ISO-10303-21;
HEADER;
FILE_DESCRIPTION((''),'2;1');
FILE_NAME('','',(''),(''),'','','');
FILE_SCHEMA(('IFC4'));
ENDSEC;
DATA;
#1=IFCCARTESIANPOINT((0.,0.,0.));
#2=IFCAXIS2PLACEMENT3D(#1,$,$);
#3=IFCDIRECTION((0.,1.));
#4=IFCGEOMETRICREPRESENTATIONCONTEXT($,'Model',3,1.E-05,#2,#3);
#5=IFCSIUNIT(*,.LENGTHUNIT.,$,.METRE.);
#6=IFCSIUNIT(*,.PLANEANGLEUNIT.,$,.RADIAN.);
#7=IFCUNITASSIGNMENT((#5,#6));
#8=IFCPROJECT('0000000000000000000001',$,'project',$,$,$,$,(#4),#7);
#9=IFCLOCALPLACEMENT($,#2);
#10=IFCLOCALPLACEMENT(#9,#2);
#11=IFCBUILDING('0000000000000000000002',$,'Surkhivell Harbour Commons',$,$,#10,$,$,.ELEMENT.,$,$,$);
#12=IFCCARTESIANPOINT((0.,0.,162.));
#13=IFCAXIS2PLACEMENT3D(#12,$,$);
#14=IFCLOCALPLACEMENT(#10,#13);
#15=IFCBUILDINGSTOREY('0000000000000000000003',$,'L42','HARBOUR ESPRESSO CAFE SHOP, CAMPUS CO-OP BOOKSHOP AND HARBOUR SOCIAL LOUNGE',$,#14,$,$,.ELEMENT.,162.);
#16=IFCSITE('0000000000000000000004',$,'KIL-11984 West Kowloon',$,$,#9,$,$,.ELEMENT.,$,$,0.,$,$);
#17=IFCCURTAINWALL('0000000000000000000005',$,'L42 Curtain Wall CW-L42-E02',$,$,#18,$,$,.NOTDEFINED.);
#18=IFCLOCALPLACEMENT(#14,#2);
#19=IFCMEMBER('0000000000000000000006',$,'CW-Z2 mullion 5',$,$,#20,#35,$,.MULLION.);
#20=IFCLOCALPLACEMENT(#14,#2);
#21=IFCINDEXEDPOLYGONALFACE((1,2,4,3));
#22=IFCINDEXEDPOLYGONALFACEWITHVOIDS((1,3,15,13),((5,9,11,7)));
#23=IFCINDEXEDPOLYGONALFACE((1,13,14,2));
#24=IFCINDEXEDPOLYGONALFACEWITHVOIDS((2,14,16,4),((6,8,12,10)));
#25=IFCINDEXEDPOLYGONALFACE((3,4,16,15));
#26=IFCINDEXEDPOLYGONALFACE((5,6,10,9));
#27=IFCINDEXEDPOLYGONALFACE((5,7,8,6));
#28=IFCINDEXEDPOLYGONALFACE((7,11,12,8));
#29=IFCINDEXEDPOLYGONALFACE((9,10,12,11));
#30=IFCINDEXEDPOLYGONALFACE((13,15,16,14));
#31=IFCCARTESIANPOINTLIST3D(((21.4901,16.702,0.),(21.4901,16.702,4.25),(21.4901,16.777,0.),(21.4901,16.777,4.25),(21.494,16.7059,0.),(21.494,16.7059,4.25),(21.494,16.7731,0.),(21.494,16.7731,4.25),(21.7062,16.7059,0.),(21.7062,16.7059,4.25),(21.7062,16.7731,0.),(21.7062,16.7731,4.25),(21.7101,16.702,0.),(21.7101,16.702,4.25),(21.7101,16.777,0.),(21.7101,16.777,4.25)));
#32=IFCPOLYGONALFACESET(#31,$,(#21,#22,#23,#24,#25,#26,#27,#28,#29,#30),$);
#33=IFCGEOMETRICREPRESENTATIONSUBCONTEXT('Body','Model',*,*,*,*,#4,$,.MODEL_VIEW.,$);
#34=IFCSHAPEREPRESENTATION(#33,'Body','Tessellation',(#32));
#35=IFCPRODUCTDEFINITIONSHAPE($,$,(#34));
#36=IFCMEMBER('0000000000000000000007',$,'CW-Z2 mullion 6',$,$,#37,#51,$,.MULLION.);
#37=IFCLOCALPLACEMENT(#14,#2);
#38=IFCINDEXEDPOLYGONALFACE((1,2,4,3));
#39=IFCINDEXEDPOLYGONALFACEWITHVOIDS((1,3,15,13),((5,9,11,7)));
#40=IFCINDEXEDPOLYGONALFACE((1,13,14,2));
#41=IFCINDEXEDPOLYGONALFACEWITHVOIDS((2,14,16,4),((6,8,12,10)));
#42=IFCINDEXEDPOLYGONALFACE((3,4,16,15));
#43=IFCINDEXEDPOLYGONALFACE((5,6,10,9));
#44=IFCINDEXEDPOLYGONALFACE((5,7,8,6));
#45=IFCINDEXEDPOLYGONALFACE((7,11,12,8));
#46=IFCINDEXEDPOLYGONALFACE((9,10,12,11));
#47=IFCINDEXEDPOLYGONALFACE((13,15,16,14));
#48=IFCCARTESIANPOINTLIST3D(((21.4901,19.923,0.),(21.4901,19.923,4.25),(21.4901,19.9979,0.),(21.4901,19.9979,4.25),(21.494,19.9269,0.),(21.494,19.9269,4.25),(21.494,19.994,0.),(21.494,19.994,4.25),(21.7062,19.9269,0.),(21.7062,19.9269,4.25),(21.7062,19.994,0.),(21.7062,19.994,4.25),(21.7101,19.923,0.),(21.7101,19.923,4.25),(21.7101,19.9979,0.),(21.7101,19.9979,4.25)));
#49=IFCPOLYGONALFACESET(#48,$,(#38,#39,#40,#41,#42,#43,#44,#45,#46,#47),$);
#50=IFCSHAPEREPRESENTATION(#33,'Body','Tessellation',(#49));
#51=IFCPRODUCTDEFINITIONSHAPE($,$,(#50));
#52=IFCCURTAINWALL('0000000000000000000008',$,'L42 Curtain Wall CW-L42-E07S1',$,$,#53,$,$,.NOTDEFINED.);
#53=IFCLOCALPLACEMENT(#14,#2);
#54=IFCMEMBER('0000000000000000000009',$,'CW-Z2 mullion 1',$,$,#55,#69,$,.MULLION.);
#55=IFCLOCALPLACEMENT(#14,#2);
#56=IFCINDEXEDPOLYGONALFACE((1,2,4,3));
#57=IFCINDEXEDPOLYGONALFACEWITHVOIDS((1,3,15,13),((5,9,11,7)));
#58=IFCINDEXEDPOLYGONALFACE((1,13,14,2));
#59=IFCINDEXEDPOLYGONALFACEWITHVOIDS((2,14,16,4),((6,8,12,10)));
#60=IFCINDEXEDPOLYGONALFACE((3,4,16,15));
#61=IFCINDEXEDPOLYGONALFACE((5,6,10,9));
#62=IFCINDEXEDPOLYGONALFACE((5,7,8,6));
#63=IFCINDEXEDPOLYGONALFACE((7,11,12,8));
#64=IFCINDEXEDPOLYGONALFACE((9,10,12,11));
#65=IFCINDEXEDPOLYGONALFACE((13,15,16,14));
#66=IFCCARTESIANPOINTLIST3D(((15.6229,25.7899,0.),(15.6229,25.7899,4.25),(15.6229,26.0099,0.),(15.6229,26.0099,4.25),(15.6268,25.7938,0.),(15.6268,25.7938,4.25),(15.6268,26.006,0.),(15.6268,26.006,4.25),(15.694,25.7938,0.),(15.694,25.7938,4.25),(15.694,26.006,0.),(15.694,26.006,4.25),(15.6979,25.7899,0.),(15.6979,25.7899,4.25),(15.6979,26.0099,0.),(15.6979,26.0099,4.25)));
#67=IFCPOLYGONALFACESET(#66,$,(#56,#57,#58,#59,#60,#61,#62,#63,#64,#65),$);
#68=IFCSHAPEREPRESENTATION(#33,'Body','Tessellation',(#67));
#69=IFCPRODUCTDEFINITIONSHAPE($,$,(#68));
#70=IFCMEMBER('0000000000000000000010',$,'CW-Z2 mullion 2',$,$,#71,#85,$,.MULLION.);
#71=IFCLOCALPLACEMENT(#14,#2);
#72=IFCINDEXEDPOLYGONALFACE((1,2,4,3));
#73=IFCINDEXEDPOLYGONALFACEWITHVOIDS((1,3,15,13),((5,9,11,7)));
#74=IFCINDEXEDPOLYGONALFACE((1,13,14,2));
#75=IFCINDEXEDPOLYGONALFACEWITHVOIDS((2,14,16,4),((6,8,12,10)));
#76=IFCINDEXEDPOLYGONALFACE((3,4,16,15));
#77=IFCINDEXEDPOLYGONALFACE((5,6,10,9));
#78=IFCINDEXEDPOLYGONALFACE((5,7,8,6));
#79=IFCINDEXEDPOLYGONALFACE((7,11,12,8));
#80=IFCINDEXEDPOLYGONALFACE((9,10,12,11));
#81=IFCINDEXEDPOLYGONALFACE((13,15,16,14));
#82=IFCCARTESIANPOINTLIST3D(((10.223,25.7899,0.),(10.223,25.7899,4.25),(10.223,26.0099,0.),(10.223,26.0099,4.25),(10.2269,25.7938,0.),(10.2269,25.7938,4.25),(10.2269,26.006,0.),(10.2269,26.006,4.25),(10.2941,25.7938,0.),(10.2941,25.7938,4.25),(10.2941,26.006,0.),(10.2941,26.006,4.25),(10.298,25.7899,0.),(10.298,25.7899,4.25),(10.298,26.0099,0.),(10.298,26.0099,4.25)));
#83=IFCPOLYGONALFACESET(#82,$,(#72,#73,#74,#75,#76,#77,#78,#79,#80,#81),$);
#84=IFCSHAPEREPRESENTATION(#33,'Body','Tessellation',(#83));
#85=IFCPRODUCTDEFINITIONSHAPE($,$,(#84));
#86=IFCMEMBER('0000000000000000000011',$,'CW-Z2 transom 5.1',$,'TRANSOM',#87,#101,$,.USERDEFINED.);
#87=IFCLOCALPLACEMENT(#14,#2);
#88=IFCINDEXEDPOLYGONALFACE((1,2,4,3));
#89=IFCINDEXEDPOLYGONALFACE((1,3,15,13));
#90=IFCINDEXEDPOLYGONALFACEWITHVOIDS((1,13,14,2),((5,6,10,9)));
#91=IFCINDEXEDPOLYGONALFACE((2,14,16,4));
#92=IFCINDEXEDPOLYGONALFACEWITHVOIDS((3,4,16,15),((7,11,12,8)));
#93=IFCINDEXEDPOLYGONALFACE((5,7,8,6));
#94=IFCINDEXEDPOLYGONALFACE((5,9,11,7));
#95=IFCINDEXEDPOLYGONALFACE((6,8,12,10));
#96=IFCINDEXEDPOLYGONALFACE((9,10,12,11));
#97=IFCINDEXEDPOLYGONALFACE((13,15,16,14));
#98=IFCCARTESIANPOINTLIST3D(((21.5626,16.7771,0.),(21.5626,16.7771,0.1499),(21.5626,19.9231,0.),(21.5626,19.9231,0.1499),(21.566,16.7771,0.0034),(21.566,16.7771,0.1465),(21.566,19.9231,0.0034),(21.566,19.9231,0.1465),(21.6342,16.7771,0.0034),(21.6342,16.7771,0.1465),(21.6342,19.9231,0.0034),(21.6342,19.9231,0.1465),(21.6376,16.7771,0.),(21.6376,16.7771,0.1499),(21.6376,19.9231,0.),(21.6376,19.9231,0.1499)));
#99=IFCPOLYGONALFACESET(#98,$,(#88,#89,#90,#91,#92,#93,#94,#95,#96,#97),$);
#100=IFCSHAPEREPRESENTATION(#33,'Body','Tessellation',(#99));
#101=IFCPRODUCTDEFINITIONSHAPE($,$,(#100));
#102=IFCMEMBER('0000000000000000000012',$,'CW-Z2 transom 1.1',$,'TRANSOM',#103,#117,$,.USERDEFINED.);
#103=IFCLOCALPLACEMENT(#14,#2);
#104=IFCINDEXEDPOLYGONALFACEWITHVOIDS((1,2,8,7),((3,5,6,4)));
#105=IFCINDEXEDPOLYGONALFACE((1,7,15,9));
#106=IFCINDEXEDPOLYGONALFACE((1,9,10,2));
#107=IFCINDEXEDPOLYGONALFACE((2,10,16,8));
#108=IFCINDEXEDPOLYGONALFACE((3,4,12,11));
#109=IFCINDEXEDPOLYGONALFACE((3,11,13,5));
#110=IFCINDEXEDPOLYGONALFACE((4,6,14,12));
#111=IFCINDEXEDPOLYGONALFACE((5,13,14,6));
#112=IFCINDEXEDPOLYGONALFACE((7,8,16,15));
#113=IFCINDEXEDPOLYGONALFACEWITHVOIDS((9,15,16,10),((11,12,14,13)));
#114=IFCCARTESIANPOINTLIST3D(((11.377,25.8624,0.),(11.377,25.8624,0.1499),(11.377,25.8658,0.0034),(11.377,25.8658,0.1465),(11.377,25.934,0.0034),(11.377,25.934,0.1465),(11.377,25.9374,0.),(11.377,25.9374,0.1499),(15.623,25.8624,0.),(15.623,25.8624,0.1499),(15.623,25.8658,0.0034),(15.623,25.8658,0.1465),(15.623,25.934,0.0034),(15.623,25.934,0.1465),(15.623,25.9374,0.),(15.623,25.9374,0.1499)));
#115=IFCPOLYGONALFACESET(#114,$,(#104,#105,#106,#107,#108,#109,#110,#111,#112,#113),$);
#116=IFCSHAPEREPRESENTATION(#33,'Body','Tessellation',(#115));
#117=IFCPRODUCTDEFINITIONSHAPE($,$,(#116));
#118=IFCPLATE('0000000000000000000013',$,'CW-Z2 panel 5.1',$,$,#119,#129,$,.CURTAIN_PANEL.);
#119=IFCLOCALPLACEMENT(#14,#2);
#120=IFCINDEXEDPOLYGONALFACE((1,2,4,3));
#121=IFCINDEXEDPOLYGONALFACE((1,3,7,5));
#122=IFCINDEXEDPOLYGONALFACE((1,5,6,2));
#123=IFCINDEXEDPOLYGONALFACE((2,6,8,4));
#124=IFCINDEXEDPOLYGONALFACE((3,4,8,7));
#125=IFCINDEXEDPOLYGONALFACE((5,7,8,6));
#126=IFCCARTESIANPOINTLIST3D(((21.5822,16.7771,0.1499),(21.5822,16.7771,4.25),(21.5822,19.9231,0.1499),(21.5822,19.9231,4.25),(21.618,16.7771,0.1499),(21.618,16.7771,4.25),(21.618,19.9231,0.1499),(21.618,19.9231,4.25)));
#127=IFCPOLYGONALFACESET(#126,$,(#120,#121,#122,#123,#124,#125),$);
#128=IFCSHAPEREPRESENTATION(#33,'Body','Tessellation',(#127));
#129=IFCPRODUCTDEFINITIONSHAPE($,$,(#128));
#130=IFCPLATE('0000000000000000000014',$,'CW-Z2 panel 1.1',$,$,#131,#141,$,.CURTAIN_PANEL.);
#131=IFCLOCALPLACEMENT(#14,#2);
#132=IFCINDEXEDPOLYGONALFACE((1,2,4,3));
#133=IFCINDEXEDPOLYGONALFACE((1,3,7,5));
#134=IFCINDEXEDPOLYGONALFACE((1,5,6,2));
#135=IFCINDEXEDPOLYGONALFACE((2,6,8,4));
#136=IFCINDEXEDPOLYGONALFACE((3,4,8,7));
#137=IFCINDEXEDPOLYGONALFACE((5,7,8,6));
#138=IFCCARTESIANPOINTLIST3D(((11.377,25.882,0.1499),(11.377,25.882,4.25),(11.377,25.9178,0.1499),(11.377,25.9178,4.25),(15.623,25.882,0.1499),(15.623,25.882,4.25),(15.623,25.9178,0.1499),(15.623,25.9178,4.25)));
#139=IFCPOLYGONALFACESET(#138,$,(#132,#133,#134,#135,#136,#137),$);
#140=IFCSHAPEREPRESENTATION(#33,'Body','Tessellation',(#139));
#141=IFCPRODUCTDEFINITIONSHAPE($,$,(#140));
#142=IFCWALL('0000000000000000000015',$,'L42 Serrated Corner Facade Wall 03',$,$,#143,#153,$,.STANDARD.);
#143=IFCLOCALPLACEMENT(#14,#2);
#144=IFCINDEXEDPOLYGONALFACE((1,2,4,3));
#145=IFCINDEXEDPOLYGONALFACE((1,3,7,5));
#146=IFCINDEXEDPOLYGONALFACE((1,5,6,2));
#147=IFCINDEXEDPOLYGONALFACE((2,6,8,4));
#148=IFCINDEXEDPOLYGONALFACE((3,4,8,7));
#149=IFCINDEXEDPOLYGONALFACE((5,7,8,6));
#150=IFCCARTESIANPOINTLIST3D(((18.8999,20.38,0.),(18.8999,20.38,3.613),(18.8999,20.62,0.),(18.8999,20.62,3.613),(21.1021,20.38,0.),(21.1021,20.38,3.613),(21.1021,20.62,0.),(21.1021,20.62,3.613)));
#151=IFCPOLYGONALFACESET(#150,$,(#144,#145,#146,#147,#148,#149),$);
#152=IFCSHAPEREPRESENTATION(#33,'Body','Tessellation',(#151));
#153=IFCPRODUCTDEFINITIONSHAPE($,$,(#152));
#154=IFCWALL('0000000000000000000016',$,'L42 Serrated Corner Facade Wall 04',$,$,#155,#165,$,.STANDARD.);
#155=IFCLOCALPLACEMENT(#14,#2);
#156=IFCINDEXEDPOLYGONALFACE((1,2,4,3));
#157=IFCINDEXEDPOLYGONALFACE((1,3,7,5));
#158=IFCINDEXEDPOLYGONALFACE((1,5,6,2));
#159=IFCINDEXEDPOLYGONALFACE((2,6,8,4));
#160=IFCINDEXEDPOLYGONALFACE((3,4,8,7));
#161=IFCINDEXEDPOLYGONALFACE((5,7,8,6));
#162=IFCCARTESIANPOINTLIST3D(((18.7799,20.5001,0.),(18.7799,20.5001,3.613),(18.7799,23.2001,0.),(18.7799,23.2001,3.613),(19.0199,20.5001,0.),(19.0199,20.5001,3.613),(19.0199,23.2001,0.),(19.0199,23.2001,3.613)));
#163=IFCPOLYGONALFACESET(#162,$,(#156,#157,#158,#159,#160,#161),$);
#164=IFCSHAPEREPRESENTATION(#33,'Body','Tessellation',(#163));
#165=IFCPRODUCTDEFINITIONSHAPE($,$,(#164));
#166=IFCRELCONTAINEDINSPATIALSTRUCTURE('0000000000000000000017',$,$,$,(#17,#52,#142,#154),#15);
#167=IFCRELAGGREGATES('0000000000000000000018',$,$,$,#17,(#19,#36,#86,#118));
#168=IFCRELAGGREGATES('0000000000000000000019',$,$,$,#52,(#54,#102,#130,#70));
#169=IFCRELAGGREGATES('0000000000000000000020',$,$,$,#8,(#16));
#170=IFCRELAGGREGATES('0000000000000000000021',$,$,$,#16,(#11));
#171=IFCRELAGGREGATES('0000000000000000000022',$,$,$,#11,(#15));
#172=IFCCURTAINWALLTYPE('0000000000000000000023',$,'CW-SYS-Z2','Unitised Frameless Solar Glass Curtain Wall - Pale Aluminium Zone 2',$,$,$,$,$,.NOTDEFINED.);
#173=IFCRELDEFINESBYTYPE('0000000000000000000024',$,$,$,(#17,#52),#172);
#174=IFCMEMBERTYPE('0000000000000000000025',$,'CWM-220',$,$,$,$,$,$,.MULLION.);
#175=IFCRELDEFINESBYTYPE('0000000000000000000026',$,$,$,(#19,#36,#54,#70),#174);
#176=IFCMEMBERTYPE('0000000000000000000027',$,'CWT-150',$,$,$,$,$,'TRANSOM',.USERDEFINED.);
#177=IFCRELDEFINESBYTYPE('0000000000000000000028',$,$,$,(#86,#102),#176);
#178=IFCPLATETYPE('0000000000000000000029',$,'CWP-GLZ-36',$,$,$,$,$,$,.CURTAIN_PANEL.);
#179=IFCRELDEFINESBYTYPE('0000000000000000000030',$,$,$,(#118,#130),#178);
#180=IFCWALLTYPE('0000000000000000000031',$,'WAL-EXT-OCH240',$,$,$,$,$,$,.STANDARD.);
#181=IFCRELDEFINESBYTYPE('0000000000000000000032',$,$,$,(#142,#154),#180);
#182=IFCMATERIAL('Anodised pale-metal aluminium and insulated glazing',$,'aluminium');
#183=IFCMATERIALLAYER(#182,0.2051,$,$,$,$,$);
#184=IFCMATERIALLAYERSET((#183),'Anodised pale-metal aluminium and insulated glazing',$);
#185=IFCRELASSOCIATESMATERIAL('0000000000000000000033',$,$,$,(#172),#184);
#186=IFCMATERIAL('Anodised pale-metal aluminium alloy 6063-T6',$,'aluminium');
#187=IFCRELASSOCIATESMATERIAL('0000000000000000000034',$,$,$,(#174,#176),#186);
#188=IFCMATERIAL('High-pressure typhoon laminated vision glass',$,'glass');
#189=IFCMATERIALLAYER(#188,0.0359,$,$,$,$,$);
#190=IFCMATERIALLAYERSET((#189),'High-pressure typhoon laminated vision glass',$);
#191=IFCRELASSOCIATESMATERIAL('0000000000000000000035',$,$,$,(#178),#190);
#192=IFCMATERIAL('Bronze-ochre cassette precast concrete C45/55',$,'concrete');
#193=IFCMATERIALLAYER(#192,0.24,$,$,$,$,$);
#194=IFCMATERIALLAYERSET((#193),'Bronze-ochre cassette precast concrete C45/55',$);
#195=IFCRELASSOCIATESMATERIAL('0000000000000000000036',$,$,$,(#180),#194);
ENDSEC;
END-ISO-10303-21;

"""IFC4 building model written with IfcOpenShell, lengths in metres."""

from ifc_helpers import new_model, si_unit, direction, frame, frame_2d, origin, origin_2d, place, context, subcontext, project, spatial, rectangle, hollow_rectangle, extrude, material, layer, layer_set, material_profile, profile_set, type_object, element, aggregate, save


model = new_model("IFC4")

# Units and contexts
model_context = context("Model", 3, precision=1e-05, world=origin(), true_north=direction((0.0, 1.0)))
body_context = subcontext(model_context, "Body", "Model", "MODEL_VIEW")
ifc_project = project(units=[si_unit("LENGTHUNIT", "METRE"), si_unit("PLANEANGLEUNIT", "RADIAN")], contexts=[model_context])

# Site, building, storey
site_placement = place(None, origin())
site = spatial("IfcSite", under=ifc_project, at=site_placement, Name="KIL-11984 West Kowloon", CompositionType="ELEMENT", RefElevation=0.0)
building_placement = place(site_placement, origin())
building = spatial("IfcBuilding", under=site, at=building_placement, Name="Surkhivell Harbour Commons", CompositionType="ELEMENT")
storey_placement = place(building_placement, frame((0.0, 0.0, 162.0)))
storey = spatial("IfcBuildingStorey", under=building, at=storey_placement, Name="L42", Description="HARBOUR ESPRESSO CAFE SHOP, CAMPUS CO-OP BOOKSHOP AND HARBOUR SOCIAL LOUNGE", CompositionType="ELEMENT", Elevation=162.0)

# Curtain walls, members
ifc_material_1 = material(Name="Anodised pale-metal aluminium and insulated glazing", Category="aluminium")
ifc_layer_1 = layer(ifc_material_1, 0.2051)
ifc_layer_set_1 = layer_set([ifc_layer_1], Name="Anodised pale-metal aluminium and insulated glazing")
curtain_wall_type = type_object("IfcCurtainWallType", Name="CW-SYS-Z2", Description="Unitised Frameless Solar Glass Curtain Wall - Pale Aluminium Zone 2", PredefinedType="NOTDEFINED", material=ifc_layer_set_1)
curtain_wall_1_placement = place(storey_placement, origin())
curtain_wall_1 = element("IfcCurtainWall", 1, at=curtain_wall_1_placement, inside=storey, type_object=curtain_wall_type, Name="L42 Curtain Wall CW-L42-E02", PredefinedType="NOTDEFINED")
ifc_material_2 = material(Name="Anodised pale-metal aluminium alloy 6063-T6", Category="aluminium")
ifc_material_profile_1 = material_profile(ifc_material_2, hollow_rectangle(XDim=0.075, YDim=0.22, WallThickness=0.0039, at=origin_2d()), Name="ALU-MULL-75x220")
ifc_profile_set_1 = profile_set([ifc_material_profile_1], Name="Anodised pale-metal aluminium alloy 6063-T6")
member_type_1 = type_object("IfcMemberType", Name="CWM-220", PredefinedType="MULLION", material=ifc_profile_set_1)
member_1_placement = place(storey_placement, frame((21.6001, 16.7395, 0.0), z_axis=(0.0, 0.0, 1.0), x_axis=(0.0, 1.0, 0.0)))
member_1 = element("IfcMember", 2, at=member_1_placement, type_object=member_type_1, Name="CW-Z2 mullion 5", PredefinedType="MULLION", context=body_context, shape_type="SweptSolid", body=[
    extrude(hollow_rectangle(XDim=0.075, YDim=0.22, WallThickness=0.0039, at=origin_2d()), origin(), (0.0, 0.0, 1.0), 4.25),
])
member_2_placement = place(storey_placement, frame((21.6001, 19.9604, 0.0), z_axis=(0.0, 0.0, 1.0), x_axis=(0.0, 1.0, 0.0)))
member_2 = element("IfcMember", 3, at=member_2_placement, type_object=member_type_1, Name="CW-Z2 mullion 6", PredefinedType="MULLION", context=body_context, shape_type="SweptSolid", body=[
    extrude(hollow_rectangle(XDim=0.075, YDim=0.22, WallThickness=0.0039, at=origin_2d()), origin(), (0.0, 0.0, 1.0), 4.25),
])
curtain_wall_2_placement = place(storey_placement, origin())
curtain_wall_2 = element("IfcCurtainWall", 4, at=curtain_wall_2_placement, inside=storey, type_object=curtain_wall_type, Name="L42 Curtain Wall CW-L42-E07S1", PredefinedType="NOTDEFINED")
member_3_placement = place(storey_placement, frame((15.6604, 25.8999, 0.0), z_axis=(0.0, 0.0, 1.0), x_axis=(-1.0, 0.0, 0.0)))
member_3 = element("IfcMember", 5, at=member_3_placement, type_object=member_type_1, Name="CW-Z2 mullion 1", PredefinedType="MULLION", context=body_context, shape_type="SweptSolid", body=[
    extrude(hollow_rectangle(XDim=0.075, YDim=0.22, WallThickness=0.0039, at=origin_2d()), origin(), (0.0, 0.0, 1.0), 4.25),
])
member_4_placement = place(storey_placement, frame((10.2605, 25.8999, 0.0), z_axis=(0.0, 0.0, 1.0), x_axis=(-1.0, 0.0, 0.0)))
member_4 = element("IfcMember", 6, at=member_4_placement, type_object=member_type_1, Name="CW-Z2 mullion 2", PredefinedType="MULLION", context=body_context, shape_type="SweptSolid", body=[
    extrude(hollow_rectangle(XDim=0.075, YDim=0.22, WallThickness=0.0039, at=origin_2d()), origin(), (0.0, 0.0, 1.0), 4.25),
])

# Members
ifc_material_profile_2 = material_profile(ifc_material_2, hollow_rectangle(XDim=0.075, YDim=0.1499, WallThickness=0.0034, at=origin_2d()), Name="ALU-TRAN-75x150")
ifc_profile_set_2 = profile_set([ifc_material_profile_2], Name="Anodised pale-metal aluminium alloy 6063-T6")
member_type_2 = type_object("IfcMemberType", Name="CWT-150", ElementType="TRANSOM", PredefinedType="USERDEFINED", material=ifc_profile_set_2)
member_5_placement = place(storey_placement, frame((21.6001, 16.7771, 0.075), z_axis=(0.0, 1.0, 0.0), x_axis=(-1.0, 0.0, 0.0)))
member_5 = element("IfcMember", 7, at=member_5_placement, type_object=member_type_2, Name="CW-Z2 transom 5.1", ObjectType="TRANSOM", PredefinedType="USERDEFINED", context=body_context, shape_type="SweptSolid", body=[
    extrude(hollow_rectangle(XDim=0.075, YDim=0.1499, WallThickness=0.0034, at=origin_2d()), origin(), (0.0, 0.0, 1.0), 3.146),
])
member_6_placement = place(storey_placement, frame((15.623, 25.8999, 0.075), z_axis=(-1.0, 0.0, 0.0), x_axis=(0.0, -1.0, 0.0)))
member_6 = element("IfcMember", 8, at=member_6_placement, type_object=member_type_2, Name="CW-Z2 transom 1.1", ObjectType="TRANSOM", PredefinedType="USERDEFINED", context=body_context, shape_type="SweptSolid", body=[
    extrude(hollow_rectangle(XDim=0.075, YDim=0.1499, WallThickness=0.0034, at=origin_2d()), origin(), (0.0, 0.0, 1.0), 4.2461),
])

# Plates
ifc_material_3 = material(Name="High-pressure typhoon laminated vision glass", Category="glass")
ifc_layer_2 = layer(ifc_material_3, 0.0359)
ifc_layer_set_2 = layer_set([ifc_layer_2], Name="High-pressure typhoon laminated vision glass")
plate_type = type_object("IfcPlateType", Name="CWP-GLZ-36", PredefinedType="CURTAIN_PANEL", material=ifc_layer_set_2)
plate_1_placement = place(storey_placement, frame((21.6001, 16.7771, 0.1499), z_axis=(0.0, 0.0, 1.0), x_axis=(0.0, 1.0, 0.0)))
plate_1 = element("IfcPlate", 9, at=plate_1_placement, type_object=plate_type, Name="CW-Z2 panel 5.1", PredefinedType="CURTAIN_PANEL", context=body_context, shape_type="SweptSolid", body=[
    extrude(rectangle(XDim=3.146, YDim=0.0359, at=frame_2d((1.573, 0.0))), origin(), (0.0, 0.0, 1.0), 4.1001),
])
aggregate(curtain_wall_1, [member_1, member_2, member_5, plate_1])
plate_2_placement = place(storey_placement, frame((15.623, 25.8999, 0.1499), z_axis=(0.0, 0.0, 1.0), x_axis=(-1.0, 0.0, 0.0)))
plate_2 = element("IfcPlate", 10, at=plate_2_placement, type_object=plate_type, Name="CW-Z2 panel 1.1", PredefinedType="CURTAIN_PANEL", context=body_context, shape_type="SweptSolid", body=[
    extrude(rectangle(XDim=4.2461, YDim=0.0359, at=frame_2d((2.123, 0.0))), origin(), (0.0, 0.0, 1.0), 4.1001),
])
aggregate(curtain_wall_2, [member_3, member_6, plate_2, member_4])

# Walls
ifc_material_4 = material(Name="Bronze-ochre cassette precast concrete C45/55", Category="concrete")
ifc_layer_3 = layer(ifc_material_4, 0.24)
ifc_layer_set_3 = layer_set([ifc_layer_3], Name="Bronze-ochre cassette precast concrete C45/55")
wall_type = type_object("IfcWallType", Name="WAL-EXT-OCH240", PredefinedType="STANDARD", material=ifc_layer_set_3)
wall_1_placement = place(storey_placement, frame((21.1021, 20.5, 0.0), z_axis=(0.0, 0.0, 1.0), x_axis=(-1.0, 0.0, 0.0)))
element("IfcWall", 11, at=wall_1_placement, inside=storey, type_object=wall_type, Name="L42 Serrated Corner Facade Wall 03", PredefinedType="STANDARD", context=body_context, shape_type="SweptSolid", body=[
    extrude(rectangle(XDim=2.2021, YDim=0.24, at=frame_2d((1.1011, 0.0))), origin(), (0.0, 0.0, 1.0), 3.613),
])
wall_2_placement = place(storey_placement, frame((18.8999, 20.5, 0.0), z_axis=(0.0, 0.0, 1.0), x_axis=(0.0, 1.0, 0.0)))
element("IfcWall", 12, at=wall_2_placement, inside=storey, type_object=wall_type, Name="L42 Serrated Corner Facade Wall 04", PredefinedType="STANDARD", context=body_context, shape_type="SweptSolid", body=[
    extrude(rectangle(XDim=2.7, YDim=0.24, at=frame_2d((1.3501, 0.0))), origin(), (0.0, 0.0, 1.0), 3.613),
])

save(model, "model.ifc")
